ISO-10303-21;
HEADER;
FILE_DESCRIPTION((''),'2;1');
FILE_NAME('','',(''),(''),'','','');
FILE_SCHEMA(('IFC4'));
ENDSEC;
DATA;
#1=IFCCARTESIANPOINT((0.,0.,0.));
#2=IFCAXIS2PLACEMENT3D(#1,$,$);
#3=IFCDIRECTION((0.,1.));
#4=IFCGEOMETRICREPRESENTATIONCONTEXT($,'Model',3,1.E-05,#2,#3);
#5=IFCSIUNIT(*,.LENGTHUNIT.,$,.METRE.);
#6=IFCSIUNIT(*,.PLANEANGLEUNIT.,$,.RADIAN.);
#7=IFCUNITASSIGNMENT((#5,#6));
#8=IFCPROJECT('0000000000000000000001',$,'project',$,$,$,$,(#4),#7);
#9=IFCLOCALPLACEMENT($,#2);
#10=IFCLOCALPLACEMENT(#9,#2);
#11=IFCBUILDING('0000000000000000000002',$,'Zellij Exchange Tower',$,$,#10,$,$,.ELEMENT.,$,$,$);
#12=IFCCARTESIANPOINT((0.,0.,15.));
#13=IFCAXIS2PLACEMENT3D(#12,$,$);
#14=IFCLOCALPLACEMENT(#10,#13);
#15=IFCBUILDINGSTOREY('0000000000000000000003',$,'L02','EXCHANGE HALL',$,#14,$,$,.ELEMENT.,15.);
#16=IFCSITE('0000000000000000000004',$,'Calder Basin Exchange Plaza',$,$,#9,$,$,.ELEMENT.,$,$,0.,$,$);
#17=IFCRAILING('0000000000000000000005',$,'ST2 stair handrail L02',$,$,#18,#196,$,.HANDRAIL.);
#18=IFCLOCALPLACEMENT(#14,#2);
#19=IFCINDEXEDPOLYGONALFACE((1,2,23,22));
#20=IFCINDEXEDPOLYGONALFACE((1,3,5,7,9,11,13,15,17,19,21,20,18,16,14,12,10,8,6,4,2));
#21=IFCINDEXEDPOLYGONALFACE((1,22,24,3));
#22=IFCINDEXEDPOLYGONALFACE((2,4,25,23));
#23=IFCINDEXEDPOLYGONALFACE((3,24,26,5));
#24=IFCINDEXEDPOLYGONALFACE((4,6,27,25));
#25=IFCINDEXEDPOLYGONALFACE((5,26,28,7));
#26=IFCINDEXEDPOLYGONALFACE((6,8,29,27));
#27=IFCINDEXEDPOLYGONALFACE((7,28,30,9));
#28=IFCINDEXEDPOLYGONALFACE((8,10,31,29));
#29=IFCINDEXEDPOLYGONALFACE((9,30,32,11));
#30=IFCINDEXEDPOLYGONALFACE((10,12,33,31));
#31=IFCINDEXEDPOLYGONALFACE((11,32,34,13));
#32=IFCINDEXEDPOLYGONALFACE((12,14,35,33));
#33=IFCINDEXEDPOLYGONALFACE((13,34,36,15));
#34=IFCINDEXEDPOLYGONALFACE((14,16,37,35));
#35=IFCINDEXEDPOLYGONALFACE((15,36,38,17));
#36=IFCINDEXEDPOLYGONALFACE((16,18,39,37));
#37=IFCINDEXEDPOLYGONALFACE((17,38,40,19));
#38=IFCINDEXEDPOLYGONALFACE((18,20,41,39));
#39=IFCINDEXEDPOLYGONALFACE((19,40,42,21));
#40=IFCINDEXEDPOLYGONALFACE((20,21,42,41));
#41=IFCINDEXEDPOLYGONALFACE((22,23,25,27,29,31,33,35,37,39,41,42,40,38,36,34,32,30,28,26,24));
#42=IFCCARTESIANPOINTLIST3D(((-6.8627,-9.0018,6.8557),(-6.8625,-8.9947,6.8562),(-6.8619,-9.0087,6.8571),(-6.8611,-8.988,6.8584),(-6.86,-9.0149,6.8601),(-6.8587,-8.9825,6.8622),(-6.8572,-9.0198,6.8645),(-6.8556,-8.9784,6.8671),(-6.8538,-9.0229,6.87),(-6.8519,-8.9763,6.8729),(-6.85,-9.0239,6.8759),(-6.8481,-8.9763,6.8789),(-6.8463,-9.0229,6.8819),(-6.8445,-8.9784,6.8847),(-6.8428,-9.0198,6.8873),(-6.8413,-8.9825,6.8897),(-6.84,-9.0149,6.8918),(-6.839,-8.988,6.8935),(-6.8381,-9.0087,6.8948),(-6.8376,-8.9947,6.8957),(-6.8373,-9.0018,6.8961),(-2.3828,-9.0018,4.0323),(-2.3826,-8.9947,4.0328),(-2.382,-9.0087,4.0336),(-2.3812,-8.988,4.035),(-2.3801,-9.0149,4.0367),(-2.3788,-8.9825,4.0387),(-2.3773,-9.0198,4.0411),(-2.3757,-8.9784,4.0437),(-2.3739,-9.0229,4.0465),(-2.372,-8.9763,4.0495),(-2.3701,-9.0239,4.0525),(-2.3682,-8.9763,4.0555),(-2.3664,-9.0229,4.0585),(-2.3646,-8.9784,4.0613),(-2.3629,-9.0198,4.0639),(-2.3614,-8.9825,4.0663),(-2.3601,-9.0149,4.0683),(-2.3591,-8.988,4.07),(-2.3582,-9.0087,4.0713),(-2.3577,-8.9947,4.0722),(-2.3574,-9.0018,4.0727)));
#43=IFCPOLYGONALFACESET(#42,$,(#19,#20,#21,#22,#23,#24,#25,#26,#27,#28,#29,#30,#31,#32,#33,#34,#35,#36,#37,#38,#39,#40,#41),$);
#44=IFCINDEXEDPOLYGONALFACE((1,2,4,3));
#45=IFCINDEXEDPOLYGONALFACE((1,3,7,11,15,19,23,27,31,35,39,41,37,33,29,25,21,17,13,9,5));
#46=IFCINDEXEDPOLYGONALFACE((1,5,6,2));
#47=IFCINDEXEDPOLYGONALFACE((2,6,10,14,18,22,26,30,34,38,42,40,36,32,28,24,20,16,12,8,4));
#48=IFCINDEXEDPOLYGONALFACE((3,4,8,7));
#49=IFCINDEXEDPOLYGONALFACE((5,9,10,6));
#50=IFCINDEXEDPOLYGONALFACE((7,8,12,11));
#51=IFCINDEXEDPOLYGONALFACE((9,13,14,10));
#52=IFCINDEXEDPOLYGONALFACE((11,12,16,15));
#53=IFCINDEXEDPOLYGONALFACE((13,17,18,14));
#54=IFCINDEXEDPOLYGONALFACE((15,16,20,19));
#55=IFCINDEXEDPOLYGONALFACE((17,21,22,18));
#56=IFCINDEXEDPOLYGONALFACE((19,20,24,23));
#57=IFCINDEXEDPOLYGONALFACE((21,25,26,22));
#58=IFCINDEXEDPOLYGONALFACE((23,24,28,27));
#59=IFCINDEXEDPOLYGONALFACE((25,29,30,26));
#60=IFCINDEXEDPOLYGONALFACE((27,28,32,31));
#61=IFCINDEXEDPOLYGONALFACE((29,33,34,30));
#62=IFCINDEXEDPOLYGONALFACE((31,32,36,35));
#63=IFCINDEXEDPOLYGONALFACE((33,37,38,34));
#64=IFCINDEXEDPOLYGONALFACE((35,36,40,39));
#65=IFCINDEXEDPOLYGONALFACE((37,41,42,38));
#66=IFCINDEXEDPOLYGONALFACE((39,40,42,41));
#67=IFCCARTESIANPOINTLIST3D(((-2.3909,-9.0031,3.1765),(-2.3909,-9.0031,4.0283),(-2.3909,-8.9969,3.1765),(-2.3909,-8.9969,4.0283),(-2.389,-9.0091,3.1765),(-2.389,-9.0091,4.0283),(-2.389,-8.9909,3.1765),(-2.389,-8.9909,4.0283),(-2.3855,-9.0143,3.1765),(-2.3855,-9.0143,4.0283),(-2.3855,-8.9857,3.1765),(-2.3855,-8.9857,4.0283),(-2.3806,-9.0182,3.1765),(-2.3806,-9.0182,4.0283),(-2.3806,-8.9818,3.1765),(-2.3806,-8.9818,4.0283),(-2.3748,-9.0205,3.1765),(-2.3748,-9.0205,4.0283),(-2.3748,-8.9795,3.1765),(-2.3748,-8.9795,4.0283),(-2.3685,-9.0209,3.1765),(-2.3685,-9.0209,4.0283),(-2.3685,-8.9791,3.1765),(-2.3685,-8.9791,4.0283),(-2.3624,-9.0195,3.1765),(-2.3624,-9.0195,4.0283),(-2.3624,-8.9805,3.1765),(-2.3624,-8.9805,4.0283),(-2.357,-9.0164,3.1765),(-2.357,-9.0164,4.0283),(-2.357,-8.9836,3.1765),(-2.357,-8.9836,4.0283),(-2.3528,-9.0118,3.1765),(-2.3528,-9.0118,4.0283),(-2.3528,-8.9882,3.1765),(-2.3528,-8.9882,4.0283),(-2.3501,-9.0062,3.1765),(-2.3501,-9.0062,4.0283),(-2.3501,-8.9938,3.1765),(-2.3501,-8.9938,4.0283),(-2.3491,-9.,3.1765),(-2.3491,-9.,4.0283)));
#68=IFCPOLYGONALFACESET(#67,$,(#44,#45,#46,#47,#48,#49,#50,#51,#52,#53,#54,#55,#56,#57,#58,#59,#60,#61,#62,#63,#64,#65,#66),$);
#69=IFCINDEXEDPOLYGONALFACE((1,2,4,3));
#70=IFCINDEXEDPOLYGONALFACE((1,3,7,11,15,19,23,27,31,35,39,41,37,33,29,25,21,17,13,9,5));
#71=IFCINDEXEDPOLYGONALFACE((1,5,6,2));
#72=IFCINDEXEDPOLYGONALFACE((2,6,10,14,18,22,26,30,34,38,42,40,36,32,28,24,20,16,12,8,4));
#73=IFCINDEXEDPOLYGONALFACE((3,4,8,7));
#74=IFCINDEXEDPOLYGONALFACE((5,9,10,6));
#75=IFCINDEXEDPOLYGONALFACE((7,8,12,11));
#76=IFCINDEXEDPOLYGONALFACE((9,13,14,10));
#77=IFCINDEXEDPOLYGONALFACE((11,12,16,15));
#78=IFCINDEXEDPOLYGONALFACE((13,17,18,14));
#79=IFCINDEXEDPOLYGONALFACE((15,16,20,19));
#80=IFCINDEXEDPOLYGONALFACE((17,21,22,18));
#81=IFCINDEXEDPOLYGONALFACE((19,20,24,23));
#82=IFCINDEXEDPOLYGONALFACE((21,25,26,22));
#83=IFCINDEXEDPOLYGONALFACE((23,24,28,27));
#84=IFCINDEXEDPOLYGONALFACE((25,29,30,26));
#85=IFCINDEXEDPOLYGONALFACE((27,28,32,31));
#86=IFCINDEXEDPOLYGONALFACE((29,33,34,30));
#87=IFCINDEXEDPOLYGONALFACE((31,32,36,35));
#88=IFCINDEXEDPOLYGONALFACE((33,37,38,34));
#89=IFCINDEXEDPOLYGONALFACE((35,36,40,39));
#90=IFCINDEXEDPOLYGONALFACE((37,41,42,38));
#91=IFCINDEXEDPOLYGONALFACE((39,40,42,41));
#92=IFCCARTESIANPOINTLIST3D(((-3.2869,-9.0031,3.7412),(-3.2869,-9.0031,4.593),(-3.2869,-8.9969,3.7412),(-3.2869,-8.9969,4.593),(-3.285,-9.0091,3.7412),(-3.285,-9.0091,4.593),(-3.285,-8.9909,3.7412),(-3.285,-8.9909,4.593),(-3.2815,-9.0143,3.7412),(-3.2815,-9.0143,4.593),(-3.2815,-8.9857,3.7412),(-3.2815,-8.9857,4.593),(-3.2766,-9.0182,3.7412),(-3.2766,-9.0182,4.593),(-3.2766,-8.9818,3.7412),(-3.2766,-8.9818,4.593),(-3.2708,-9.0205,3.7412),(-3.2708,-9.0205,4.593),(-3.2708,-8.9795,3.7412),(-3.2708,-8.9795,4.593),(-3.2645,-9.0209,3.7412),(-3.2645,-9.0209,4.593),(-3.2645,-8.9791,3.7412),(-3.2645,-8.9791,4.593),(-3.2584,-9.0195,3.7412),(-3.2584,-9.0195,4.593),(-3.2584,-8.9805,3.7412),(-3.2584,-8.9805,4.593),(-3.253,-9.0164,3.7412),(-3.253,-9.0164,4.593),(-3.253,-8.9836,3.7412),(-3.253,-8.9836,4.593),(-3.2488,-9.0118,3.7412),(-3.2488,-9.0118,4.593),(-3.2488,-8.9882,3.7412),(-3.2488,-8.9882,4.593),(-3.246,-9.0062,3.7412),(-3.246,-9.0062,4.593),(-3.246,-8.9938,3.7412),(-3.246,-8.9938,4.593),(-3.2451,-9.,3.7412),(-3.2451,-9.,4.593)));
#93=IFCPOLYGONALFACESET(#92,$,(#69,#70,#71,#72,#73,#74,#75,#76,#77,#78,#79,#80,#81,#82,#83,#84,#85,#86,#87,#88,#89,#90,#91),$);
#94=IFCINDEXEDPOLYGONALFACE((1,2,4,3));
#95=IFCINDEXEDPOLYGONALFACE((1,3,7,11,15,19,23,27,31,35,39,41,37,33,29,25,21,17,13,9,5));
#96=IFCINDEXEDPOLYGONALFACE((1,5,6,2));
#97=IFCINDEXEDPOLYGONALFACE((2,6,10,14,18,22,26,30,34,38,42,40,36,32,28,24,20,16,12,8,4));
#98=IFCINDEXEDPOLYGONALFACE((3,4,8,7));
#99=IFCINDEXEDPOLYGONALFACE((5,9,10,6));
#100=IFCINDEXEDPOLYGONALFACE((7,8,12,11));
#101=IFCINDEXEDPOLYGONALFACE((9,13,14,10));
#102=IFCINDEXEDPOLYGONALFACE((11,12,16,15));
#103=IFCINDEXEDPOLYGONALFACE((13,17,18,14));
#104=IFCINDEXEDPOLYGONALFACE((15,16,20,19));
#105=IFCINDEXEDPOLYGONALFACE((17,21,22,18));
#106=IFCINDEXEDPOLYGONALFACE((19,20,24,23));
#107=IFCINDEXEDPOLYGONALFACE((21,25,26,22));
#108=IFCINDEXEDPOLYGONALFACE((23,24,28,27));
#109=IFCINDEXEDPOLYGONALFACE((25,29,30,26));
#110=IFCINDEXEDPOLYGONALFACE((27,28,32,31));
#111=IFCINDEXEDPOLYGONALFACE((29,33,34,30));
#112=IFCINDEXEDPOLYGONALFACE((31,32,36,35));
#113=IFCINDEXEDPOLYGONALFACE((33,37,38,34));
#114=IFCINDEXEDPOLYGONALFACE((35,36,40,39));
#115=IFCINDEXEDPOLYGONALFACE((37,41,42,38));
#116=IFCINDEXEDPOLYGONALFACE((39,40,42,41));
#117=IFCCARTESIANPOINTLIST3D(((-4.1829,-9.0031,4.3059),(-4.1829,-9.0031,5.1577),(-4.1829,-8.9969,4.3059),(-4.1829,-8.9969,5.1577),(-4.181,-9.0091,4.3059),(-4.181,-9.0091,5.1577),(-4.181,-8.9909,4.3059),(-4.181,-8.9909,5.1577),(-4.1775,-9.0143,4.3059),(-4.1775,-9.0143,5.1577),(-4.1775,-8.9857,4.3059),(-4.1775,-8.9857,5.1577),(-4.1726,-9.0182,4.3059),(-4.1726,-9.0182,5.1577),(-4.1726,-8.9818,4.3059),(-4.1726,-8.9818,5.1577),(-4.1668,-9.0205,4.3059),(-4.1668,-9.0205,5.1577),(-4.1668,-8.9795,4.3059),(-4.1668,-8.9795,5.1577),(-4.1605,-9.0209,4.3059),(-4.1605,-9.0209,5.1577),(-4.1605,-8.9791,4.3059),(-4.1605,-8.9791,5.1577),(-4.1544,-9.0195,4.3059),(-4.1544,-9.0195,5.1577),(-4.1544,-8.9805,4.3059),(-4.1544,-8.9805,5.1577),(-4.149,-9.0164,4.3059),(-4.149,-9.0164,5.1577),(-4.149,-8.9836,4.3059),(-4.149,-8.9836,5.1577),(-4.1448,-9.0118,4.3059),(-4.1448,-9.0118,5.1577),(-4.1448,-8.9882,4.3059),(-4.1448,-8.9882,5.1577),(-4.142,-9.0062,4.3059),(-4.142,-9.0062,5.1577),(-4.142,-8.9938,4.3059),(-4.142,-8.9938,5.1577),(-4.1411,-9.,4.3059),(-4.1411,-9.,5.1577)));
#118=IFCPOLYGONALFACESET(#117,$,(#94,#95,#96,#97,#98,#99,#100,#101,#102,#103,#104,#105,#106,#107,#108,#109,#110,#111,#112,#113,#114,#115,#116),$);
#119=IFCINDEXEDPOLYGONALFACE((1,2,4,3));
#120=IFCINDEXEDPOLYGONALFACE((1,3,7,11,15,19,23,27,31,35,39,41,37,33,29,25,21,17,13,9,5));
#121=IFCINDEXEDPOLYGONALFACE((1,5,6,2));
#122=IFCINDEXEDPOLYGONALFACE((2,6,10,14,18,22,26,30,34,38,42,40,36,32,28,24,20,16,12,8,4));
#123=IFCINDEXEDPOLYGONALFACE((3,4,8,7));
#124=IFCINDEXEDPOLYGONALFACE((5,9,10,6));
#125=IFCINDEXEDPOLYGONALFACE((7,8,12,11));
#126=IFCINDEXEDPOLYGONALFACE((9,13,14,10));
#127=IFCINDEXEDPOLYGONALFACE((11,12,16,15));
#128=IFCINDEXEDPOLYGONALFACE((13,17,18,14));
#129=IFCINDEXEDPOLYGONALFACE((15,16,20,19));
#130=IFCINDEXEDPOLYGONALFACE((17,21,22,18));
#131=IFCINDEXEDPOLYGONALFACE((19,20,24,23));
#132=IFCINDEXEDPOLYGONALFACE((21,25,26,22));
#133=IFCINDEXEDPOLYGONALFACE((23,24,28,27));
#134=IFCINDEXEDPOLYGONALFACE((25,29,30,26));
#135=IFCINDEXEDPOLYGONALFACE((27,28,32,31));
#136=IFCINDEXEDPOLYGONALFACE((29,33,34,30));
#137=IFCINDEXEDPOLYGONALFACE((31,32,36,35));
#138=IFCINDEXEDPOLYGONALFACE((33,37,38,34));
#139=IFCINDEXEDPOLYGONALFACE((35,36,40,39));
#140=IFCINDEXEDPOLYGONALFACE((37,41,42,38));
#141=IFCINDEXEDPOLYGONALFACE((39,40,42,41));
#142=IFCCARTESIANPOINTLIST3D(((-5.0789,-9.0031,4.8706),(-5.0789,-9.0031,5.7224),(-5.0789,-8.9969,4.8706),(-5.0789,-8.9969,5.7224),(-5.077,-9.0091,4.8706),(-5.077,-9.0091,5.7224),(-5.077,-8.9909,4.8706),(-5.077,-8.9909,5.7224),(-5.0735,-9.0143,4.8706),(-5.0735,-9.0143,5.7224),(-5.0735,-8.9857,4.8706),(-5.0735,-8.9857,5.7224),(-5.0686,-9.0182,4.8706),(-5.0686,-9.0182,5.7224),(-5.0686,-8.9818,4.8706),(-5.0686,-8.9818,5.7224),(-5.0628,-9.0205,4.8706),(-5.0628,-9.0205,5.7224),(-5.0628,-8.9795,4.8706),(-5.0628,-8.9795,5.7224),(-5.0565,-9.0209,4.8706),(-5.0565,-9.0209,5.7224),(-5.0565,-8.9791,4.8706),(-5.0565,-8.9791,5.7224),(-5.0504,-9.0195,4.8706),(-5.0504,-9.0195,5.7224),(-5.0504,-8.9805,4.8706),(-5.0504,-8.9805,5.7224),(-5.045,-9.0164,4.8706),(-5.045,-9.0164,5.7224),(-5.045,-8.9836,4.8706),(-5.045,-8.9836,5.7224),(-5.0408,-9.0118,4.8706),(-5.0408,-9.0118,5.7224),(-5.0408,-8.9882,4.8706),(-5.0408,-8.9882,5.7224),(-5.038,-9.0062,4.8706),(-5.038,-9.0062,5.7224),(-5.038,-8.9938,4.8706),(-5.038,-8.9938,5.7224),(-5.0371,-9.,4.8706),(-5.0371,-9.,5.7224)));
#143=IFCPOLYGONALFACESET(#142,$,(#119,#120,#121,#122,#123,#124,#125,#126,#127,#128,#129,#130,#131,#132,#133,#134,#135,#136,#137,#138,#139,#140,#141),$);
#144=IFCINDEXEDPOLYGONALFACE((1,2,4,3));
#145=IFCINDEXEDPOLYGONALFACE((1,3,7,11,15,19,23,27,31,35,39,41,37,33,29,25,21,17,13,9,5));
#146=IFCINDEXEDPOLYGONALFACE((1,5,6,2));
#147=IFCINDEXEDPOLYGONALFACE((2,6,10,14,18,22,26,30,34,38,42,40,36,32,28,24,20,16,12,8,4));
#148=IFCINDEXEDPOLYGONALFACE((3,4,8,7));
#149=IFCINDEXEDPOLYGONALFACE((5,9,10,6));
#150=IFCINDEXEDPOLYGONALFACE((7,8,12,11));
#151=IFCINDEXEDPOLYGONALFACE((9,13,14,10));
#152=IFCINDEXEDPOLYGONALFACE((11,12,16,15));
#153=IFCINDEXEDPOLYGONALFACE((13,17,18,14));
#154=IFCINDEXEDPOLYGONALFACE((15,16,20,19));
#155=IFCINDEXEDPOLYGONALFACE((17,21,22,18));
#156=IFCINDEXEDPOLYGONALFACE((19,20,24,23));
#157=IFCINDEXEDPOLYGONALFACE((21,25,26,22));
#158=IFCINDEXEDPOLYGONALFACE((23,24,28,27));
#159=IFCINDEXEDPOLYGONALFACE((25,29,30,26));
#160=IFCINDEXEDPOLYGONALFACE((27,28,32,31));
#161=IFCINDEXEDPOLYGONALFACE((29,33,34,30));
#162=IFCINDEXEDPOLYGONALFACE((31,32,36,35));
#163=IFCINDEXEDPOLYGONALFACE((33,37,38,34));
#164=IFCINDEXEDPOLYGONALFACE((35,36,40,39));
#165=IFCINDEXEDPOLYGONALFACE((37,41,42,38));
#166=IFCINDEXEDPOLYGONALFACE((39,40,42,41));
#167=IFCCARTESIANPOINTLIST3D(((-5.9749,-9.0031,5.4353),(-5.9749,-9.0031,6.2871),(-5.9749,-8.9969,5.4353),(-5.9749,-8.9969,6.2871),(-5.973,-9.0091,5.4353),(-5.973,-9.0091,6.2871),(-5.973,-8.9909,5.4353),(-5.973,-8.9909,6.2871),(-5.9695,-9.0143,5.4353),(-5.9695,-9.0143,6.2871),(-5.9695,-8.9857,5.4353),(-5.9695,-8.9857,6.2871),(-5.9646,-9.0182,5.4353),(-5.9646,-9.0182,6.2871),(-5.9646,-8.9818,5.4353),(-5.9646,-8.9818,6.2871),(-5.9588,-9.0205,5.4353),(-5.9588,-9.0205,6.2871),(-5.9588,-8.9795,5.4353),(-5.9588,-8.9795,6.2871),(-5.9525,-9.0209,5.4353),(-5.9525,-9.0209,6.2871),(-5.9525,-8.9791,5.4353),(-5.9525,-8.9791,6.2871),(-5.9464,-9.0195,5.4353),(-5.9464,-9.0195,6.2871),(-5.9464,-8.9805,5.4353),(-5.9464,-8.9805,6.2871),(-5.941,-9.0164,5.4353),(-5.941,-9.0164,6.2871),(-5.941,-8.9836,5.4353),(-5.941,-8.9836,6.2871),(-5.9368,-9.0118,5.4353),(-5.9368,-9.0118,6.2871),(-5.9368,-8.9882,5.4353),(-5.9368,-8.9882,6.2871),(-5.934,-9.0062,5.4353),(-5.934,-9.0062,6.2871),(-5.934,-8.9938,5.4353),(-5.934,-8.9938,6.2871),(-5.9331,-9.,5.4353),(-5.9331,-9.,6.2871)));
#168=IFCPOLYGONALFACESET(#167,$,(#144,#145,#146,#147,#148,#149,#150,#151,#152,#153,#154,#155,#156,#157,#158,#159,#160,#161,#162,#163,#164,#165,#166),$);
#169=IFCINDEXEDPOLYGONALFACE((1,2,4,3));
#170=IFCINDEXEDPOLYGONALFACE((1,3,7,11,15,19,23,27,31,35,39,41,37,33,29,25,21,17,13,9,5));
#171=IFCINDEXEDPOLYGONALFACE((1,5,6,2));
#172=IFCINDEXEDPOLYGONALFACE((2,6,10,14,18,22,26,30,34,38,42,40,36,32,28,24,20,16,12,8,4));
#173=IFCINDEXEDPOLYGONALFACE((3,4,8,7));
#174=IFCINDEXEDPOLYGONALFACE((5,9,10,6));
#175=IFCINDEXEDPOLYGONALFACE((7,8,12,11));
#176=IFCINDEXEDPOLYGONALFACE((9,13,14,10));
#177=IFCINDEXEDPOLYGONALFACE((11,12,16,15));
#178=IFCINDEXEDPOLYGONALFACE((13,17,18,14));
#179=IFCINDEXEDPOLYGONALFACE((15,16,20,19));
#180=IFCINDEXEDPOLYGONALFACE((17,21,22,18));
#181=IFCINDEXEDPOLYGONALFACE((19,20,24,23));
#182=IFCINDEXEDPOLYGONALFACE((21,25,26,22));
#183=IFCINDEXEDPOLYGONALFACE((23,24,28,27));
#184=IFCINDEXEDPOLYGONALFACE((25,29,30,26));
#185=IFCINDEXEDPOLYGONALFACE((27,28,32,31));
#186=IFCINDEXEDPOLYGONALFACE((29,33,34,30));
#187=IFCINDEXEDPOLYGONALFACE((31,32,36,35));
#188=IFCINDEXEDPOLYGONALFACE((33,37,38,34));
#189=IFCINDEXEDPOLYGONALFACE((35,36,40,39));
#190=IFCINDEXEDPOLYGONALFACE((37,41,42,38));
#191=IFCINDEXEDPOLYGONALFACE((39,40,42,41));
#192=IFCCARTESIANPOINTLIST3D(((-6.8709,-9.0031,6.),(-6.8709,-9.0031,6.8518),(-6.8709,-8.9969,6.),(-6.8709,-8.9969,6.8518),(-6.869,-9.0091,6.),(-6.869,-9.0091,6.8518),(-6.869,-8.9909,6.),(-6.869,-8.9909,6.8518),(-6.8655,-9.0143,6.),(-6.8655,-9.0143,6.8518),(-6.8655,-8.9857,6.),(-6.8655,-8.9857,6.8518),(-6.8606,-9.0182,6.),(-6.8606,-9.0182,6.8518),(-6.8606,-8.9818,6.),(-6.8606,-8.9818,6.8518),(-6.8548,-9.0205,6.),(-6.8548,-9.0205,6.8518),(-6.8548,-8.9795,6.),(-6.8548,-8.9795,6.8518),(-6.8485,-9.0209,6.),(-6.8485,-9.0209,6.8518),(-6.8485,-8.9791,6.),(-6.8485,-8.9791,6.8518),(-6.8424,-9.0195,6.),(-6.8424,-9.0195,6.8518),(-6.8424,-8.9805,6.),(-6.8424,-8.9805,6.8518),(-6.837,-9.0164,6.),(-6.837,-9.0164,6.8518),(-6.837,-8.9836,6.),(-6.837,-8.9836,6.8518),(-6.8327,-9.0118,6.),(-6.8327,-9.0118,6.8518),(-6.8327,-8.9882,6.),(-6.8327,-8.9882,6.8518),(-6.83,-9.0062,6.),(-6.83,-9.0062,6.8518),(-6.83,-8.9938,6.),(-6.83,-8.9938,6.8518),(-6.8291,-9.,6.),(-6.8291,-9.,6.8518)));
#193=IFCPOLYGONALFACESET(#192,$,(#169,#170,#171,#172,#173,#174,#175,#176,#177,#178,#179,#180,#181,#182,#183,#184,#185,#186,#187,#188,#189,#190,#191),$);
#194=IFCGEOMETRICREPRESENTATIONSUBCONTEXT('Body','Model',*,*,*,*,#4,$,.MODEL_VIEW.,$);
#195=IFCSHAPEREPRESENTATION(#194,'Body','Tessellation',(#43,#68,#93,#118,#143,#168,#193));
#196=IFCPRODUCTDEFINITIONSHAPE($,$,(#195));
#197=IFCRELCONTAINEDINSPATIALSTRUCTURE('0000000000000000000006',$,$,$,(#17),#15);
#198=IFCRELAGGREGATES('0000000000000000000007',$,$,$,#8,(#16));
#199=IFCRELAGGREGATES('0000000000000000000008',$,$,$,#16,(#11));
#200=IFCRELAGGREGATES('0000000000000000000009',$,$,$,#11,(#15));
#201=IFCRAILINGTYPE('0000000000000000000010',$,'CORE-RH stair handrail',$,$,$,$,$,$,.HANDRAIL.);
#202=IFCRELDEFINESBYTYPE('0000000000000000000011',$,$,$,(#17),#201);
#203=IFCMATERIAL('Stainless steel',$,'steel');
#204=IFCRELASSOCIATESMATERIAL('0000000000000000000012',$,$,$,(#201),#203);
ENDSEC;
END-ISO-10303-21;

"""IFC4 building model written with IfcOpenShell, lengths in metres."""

from ifc_helpers import new_model, si_unit, direction, frame, origin, origin_2d, place, context, subcontext, project, spatial, circle, extrude, material, type_object, element, save


model = new_model("IFC4")

# Units and contexts
model_context = context("Model", 3, precision=1e-05, world=origin(), true_north=direction((0.0, 1.0)))
body_context = subcontext(model_context, "Body", "Model", "MODEL_VIEW")
ifc_project = project(units=[si_unit("LENGTHUNIT", "METRE"), si_unit("PLANEANGLEUNIT", "RADIAN")], contexts=[model_context])

# Site, building, storey
site_placement = place(None, origin())
site = spatial("IfcSite", under=ifc_project, at=site_placement, Name="Calder Basin Exchange Plaza", CompositionType="ELEMENT", RefElevation=0.0)
building_placement = place(site_placement, origin())
building = spatial("IfcBuilding", under=site, at=building_placement, Name="Zellij Exchange Tower", CompositionType="ELEMENT")
storey_placement = place(building_placement, frame((0.0, 0.0, 15.0)))
storey = spatial("IfcBuildingStorey", under=building, at=storey_placement, Name="L02", Description="EXCHANGE HALL", CompositionType="ELEMENT", Elevation=15.0)

# Railing
ifc_material_1 = material(Name="Stainless steel", Category="steel")
railing_type_1 = type_object("IfcRailingType", Name="CORE-RH stair handrail", PredefinedType="HANDRAIL", material=ifc_material_1)
railing_1_placement = place(storey_placement, frame((-2.3701, -9.0, 3.1765)))
element("IfcRailing", 1, at=railing_1_placement, inside=storey, type_object=railing_type_1, Name="ST2 stair handrail L02", PredefinedType="HANDRAIL", context=body_context, shape_type="SweptSolid", body=[
    extrude(circle(Radius=0.0239, at=origin_2d()), frame((0.0, 0.0, 0.876), z_axis=(-0.845998, 0.0, 0.533186), x_axis=(0.0, -1.0, 0.0)), (0.0, 0.0, 1.0), 5.2954),
    extrude(circle(Radius=0.021, at=origin_2d()), origin(), (0.0, 0.0, 1.0), 0.8518),
    extrude(circle(Radius=0.021, at=origin_2d()), frame((-0.896, 0.0, 0.5647)), (0.0, 0.0, 1.0), 0.8518),
    extrude(circle(Radius=0.021, at=origin_2d()), frame((-1.792, 0.0, 1.1294)), (0.0, 0.0, 1.0), 0.8518),
    extrude(circle(Radius=0.021, at=origin_2d()), frame((-2.688, 0.0, 1.6941)), (0.0, 0.0, 1.0), 0.8518),
    extrude(circle(Radius=0.021, at=origin_2d()), frame((-3.584, 0.0, 2.2588)), (0.0, 0.0, 1.0), 0.8518),
    extrude(circle(Radius=0.021, at=origin_2d()), frame((-4.48, 0.0, 2.8235)), (0.0, 0.0, 1.0), 0.8518),
])

save(model, "model.ifc")
